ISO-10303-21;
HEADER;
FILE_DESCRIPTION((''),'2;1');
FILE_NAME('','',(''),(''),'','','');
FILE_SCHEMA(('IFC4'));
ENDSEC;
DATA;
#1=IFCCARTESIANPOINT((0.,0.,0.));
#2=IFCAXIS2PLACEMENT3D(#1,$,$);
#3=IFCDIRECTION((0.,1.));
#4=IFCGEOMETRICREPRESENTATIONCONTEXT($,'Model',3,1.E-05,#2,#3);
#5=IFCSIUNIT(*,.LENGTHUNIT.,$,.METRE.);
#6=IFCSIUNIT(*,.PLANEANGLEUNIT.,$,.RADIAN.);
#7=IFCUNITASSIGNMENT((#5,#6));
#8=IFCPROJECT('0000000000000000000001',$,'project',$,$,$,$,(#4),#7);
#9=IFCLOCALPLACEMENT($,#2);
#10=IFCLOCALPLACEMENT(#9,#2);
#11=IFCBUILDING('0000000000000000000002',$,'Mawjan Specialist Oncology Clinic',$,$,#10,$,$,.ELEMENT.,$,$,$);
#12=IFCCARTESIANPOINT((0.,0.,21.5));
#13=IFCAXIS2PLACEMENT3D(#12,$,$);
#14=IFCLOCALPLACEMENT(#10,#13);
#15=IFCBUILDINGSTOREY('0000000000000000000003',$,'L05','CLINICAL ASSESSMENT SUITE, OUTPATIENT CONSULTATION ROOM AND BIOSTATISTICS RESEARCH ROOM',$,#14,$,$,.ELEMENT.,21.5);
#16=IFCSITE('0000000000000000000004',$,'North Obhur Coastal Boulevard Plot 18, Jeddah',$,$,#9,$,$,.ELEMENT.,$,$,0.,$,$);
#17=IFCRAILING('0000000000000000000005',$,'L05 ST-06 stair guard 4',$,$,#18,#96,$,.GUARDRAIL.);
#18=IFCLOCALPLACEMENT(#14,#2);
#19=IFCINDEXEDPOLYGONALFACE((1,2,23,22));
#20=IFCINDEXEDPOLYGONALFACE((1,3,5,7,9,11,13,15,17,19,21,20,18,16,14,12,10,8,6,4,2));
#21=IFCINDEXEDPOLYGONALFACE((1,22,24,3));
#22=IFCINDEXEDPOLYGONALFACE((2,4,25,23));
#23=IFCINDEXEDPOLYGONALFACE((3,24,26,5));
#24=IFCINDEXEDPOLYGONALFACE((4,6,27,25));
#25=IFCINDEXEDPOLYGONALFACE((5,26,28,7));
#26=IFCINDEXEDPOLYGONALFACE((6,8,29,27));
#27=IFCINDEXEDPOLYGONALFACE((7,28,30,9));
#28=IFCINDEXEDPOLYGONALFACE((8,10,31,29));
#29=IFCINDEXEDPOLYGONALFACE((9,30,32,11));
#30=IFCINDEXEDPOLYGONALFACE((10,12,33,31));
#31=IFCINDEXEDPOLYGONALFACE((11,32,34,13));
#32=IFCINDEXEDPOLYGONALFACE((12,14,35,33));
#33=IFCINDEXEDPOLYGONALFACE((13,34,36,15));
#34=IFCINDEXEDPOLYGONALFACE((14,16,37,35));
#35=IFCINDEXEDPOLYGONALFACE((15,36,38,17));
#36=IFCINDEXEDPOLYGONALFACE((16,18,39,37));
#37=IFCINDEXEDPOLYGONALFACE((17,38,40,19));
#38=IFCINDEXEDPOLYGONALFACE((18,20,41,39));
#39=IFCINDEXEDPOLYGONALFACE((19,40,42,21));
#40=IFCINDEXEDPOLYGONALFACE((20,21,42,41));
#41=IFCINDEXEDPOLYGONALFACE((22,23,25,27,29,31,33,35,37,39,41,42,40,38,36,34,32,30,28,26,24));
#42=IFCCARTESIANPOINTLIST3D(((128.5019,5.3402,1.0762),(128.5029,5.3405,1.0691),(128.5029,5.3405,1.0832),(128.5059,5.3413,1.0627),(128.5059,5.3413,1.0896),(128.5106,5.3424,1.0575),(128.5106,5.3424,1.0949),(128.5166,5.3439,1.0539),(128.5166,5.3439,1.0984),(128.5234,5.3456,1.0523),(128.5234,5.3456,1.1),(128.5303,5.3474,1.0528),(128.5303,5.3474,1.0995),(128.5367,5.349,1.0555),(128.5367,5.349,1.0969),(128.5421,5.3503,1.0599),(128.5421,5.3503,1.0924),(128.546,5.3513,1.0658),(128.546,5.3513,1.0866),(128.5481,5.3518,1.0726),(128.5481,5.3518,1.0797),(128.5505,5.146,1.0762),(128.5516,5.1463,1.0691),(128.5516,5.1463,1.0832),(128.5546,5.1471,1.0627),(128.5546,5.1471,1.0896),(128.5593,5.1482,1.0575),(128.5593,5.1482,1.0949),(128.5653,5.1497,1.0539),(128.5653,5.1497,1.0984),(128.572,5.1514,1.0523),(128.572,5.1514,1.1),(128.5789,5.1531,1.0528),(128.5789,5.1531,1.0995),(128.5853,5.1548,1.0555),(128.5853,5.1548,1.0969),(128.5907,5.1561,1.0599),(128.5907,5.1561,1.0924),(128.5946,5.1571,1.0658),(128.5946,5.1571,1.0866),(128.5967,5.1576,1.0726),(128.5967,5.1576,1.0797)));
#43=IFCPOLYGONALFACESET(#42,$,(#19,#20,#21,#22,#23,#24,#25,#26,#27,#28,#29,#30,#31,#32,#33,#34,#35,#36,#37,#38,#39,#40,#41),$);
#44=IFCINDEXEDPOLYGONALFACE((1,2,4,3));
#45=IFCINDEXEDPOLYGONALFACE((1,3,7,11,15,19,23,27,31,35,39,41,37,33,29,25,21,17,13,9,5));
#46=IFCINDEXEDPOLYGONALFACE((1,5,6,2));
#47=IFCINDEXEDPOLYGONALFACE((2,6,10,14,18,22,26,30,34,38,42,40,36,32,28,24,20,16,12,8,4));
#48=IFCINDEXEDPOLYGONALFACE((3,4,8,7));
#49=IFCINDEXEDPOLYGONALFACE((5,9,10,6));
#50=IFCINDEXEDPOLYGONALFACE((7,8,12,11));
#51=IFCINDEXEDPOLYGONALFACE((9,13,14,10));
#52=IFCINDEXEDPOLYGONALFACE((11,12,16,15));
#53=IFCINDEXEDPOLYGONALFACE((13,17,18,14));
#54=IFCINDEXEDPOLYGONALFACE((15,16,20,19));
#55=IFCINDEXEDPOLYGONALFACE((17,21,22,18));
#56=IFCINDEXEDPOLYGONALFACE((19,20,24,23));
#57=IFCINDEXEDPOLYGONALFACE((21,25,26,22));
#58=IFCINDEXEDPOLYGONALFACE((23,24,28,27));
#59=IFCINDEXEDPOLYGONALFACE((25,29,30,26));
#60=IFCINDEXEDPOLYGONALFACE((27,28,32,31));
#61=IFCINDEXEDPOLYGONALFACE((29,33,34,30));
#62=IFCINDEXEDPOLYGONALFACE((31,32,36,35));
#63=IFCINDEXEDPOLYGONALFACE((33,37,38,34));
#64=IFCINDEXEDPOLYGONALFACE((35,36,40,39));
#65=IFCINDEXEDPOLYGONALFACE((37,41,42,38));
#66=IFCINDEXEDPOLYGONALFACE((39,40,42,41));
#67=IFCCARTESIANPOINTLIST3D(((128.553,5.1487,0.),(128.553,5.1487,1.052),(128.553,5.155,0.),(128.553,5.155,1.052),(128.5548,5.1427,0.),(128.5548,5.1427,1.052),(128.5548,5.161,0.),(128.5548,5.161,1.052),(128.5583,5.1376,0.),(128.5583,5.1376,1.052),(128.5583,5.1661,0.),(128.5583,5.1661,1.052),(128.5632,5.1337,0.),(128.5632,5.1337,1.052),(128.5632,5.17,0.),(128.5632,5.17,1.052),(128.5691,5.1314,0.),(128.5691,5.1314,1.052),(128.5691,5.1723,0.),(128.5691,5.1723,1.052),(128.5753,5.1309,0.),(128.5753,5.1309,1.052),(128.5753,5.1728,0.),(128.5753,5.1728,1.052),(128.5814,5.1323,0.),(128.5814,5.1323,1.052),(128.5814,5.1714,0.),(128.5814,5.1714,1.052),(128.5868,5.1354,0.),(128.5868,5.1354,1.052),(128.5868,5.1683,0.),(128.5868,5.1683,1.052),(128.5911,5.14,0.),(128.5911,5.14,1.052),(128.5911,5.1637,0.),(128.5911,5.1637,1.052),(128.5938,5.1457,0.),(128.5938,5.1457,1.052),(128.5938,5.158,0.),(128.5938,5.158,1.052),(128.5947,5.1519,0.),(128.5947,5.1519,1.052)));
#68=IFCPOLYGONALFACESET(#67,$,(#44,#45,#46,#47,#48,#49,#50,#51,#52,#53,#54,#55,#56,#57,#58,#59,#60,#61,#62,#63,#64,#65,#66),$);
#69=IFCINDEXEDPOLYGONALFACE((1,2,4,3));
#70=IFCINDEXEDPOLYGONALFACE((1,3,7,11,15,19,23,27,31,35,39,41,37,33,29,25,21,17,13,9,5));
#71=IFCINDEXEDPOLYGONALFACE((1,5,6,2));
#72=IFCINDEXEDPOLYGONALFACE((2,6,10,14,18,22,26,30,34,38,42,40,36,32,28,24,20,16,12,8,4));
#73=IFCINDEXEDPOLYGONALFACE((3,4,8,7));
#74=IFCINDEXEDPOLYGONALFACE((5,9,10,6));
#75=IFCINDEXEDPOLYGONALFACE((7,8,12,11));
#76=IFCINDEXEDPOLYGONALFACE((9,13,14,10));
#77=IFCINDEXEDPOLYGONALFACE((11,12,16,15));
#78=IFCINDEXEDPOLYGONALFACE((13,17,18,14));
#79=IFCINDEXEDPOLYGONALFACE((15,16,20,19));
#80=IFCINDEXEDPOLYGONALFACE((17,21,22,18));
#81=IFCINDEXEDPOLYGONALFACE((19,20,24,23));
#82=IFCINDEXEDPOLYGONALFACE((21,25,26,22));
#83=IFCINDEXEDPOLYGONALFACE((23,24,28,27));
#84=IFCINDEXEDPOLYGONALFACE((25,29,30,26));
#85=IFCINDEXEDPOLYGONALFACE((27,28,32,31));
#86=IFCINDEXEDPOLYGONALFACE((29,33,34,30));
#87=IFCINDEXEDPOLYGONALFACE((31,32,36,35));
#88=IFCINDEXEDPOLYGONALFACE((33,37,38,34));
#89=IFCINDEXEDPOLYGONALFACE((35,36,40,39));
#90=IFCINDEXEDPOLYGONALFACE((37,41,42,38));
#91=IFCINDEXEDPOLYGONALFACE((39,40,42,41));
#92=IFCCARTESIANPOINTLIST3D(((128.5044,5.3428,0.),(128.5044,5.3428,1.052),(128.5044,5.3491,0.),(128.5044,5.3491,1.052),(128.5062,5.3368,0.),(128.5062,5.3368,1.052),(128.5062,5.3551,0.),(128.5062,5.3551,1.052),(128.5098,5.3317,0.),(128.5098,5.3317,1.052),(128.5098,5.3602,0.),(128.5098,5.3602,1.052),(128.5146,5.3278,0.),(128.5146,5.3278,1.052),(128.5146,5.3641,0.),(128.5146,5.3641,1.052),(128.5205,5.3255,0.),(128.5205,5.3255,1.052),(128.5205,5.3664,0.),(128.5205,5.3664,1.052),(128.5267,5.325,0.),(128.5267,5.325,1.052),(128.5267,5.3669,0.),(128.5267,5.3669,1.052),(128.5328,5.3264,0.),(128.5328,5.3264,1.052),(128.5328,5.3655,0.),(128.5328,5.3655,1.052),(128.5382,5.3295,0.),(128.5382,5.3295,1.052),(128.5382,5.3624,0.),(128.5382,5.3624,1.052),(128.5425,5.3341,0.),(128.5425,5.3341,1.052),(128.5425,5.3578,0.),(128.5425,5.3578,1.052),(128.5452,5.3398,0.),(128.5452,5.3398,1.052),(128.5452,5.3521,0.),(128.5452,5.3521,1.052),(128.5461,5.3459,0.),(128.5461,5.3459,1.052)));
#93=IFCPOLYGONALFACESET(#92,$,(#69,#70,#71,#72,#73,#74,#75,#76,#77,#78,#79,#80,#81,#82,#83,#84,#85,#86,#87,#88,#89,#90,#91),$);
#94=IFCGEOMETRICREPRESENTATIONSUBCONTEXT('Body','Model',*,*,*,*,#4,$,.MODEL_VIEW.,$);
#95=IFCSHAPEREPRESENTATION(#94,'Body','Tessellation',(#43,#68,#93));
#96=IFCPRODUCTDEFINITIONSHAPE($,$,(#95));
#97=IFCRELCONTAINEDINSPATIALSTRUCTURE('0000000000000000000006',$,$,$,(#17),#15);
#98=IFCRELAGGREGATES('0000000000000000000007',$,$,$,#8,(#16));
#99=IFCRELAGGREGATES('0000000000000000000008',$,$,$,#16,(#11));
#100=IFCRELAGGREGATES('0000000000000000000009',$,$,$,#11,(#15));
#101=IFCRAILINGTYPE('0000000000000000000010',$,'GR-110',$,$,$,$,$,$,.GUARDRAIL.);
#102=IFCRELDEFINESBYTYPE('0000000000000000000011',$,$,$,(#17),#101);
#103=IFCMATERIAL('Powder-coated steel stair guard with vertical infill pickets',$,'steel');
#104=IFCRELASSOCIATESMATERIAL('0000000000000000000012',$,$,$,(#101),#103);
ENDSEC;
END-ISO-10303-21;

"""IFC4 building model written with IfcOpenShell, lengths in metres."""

from ifc_helpers import new_model, si_unit, direction, frame, origin, origin_2d, place, context, subcontext, project, spatial, circle, extrude, material, type_object, element, save


model = new_model("IFC4")

# Units and contexts
model_context = context("Model", 3, precision=1e-05, world=origin(), true_north=direction((0.0, 1.0)))
body_context = subcontext(model_context, "Body", "Model", "MODEL_VIEW")
ifc_project = project(units=[si_unit("LENGTHUNIT", "METRE"), si_unit("PLANEANGLEUNIT", "RADIAN")], contexts=[model_context])

# Site, building, storey
site_placement = place(None, origin())
site = spatial("IfcSite", under=ifc_project, at=site_placement, Name="North Obhur Coastal Boulevard Plot 18, Jeddah", CompositionType="ELEMENT", RefElevation=0.0)
building_placement = place(site_placement, origin())
building = spatial("IfcBuilding", under=site, at=building_placement, Name="Mawjan Specialist Oncology Clinic", CompositionType="ELEMENT")
storey_placement = place(building_placement, frame((0.0, 0.0, 21.5)))
storey = spatial("IfcBuildingStorey", under=building, at=storey_placement, Name="L05", Description="CLINICAL ASSESSMENT SUITE, OUTPATIENT CONSULTATION ROOM AND BIOSTATISTICS RESEARCH ROOM", CompositionType="ELEMENT", Elevation=21.5)

# Railing
ifc_material_1 = material(Name="Powder-coated steel stair guard with vertical infill pickets", Category="steel")
railing_type_1 = type_object("IfcRailingType", Name="GR-110", PredefinedType="GUARDRAIL", material=ifc_material_1)
railing_1_placement = place(storey_placement, frame((128.5737, 5.1519, 0.0)))
element("IfcRailing", 1, at=railing_1_placement, inside=storey, type_object=railing_type_1, Name="L05 ST-06 stair guard 4", PredefinedType="GUARDRAIL", context=body_context, shape_type="SweptSolid", body=[
    extrude(circle(Radius=0.0239, at=origin_2d()), frame((0.0, 0.0, 1.0762), z_axis=(-0.242823, 0.970071, 0.0), x_axis=(-0.970071, -0.242823, 0.0)), (0.0, 0.0, 1.0), 0.2002),
    extrude(circle(Radius=0.021, at=origin_2d()), origin(), (0.0, 0.0, 1.0), 1.052),
    extrude(circle(Radius=0.021, at=origin_2d()), frame((-0.0486, 0.1941, 0.0)), (0.0, 0.0, 1.0), 1.052),
])

save(model, "model.ifc")
